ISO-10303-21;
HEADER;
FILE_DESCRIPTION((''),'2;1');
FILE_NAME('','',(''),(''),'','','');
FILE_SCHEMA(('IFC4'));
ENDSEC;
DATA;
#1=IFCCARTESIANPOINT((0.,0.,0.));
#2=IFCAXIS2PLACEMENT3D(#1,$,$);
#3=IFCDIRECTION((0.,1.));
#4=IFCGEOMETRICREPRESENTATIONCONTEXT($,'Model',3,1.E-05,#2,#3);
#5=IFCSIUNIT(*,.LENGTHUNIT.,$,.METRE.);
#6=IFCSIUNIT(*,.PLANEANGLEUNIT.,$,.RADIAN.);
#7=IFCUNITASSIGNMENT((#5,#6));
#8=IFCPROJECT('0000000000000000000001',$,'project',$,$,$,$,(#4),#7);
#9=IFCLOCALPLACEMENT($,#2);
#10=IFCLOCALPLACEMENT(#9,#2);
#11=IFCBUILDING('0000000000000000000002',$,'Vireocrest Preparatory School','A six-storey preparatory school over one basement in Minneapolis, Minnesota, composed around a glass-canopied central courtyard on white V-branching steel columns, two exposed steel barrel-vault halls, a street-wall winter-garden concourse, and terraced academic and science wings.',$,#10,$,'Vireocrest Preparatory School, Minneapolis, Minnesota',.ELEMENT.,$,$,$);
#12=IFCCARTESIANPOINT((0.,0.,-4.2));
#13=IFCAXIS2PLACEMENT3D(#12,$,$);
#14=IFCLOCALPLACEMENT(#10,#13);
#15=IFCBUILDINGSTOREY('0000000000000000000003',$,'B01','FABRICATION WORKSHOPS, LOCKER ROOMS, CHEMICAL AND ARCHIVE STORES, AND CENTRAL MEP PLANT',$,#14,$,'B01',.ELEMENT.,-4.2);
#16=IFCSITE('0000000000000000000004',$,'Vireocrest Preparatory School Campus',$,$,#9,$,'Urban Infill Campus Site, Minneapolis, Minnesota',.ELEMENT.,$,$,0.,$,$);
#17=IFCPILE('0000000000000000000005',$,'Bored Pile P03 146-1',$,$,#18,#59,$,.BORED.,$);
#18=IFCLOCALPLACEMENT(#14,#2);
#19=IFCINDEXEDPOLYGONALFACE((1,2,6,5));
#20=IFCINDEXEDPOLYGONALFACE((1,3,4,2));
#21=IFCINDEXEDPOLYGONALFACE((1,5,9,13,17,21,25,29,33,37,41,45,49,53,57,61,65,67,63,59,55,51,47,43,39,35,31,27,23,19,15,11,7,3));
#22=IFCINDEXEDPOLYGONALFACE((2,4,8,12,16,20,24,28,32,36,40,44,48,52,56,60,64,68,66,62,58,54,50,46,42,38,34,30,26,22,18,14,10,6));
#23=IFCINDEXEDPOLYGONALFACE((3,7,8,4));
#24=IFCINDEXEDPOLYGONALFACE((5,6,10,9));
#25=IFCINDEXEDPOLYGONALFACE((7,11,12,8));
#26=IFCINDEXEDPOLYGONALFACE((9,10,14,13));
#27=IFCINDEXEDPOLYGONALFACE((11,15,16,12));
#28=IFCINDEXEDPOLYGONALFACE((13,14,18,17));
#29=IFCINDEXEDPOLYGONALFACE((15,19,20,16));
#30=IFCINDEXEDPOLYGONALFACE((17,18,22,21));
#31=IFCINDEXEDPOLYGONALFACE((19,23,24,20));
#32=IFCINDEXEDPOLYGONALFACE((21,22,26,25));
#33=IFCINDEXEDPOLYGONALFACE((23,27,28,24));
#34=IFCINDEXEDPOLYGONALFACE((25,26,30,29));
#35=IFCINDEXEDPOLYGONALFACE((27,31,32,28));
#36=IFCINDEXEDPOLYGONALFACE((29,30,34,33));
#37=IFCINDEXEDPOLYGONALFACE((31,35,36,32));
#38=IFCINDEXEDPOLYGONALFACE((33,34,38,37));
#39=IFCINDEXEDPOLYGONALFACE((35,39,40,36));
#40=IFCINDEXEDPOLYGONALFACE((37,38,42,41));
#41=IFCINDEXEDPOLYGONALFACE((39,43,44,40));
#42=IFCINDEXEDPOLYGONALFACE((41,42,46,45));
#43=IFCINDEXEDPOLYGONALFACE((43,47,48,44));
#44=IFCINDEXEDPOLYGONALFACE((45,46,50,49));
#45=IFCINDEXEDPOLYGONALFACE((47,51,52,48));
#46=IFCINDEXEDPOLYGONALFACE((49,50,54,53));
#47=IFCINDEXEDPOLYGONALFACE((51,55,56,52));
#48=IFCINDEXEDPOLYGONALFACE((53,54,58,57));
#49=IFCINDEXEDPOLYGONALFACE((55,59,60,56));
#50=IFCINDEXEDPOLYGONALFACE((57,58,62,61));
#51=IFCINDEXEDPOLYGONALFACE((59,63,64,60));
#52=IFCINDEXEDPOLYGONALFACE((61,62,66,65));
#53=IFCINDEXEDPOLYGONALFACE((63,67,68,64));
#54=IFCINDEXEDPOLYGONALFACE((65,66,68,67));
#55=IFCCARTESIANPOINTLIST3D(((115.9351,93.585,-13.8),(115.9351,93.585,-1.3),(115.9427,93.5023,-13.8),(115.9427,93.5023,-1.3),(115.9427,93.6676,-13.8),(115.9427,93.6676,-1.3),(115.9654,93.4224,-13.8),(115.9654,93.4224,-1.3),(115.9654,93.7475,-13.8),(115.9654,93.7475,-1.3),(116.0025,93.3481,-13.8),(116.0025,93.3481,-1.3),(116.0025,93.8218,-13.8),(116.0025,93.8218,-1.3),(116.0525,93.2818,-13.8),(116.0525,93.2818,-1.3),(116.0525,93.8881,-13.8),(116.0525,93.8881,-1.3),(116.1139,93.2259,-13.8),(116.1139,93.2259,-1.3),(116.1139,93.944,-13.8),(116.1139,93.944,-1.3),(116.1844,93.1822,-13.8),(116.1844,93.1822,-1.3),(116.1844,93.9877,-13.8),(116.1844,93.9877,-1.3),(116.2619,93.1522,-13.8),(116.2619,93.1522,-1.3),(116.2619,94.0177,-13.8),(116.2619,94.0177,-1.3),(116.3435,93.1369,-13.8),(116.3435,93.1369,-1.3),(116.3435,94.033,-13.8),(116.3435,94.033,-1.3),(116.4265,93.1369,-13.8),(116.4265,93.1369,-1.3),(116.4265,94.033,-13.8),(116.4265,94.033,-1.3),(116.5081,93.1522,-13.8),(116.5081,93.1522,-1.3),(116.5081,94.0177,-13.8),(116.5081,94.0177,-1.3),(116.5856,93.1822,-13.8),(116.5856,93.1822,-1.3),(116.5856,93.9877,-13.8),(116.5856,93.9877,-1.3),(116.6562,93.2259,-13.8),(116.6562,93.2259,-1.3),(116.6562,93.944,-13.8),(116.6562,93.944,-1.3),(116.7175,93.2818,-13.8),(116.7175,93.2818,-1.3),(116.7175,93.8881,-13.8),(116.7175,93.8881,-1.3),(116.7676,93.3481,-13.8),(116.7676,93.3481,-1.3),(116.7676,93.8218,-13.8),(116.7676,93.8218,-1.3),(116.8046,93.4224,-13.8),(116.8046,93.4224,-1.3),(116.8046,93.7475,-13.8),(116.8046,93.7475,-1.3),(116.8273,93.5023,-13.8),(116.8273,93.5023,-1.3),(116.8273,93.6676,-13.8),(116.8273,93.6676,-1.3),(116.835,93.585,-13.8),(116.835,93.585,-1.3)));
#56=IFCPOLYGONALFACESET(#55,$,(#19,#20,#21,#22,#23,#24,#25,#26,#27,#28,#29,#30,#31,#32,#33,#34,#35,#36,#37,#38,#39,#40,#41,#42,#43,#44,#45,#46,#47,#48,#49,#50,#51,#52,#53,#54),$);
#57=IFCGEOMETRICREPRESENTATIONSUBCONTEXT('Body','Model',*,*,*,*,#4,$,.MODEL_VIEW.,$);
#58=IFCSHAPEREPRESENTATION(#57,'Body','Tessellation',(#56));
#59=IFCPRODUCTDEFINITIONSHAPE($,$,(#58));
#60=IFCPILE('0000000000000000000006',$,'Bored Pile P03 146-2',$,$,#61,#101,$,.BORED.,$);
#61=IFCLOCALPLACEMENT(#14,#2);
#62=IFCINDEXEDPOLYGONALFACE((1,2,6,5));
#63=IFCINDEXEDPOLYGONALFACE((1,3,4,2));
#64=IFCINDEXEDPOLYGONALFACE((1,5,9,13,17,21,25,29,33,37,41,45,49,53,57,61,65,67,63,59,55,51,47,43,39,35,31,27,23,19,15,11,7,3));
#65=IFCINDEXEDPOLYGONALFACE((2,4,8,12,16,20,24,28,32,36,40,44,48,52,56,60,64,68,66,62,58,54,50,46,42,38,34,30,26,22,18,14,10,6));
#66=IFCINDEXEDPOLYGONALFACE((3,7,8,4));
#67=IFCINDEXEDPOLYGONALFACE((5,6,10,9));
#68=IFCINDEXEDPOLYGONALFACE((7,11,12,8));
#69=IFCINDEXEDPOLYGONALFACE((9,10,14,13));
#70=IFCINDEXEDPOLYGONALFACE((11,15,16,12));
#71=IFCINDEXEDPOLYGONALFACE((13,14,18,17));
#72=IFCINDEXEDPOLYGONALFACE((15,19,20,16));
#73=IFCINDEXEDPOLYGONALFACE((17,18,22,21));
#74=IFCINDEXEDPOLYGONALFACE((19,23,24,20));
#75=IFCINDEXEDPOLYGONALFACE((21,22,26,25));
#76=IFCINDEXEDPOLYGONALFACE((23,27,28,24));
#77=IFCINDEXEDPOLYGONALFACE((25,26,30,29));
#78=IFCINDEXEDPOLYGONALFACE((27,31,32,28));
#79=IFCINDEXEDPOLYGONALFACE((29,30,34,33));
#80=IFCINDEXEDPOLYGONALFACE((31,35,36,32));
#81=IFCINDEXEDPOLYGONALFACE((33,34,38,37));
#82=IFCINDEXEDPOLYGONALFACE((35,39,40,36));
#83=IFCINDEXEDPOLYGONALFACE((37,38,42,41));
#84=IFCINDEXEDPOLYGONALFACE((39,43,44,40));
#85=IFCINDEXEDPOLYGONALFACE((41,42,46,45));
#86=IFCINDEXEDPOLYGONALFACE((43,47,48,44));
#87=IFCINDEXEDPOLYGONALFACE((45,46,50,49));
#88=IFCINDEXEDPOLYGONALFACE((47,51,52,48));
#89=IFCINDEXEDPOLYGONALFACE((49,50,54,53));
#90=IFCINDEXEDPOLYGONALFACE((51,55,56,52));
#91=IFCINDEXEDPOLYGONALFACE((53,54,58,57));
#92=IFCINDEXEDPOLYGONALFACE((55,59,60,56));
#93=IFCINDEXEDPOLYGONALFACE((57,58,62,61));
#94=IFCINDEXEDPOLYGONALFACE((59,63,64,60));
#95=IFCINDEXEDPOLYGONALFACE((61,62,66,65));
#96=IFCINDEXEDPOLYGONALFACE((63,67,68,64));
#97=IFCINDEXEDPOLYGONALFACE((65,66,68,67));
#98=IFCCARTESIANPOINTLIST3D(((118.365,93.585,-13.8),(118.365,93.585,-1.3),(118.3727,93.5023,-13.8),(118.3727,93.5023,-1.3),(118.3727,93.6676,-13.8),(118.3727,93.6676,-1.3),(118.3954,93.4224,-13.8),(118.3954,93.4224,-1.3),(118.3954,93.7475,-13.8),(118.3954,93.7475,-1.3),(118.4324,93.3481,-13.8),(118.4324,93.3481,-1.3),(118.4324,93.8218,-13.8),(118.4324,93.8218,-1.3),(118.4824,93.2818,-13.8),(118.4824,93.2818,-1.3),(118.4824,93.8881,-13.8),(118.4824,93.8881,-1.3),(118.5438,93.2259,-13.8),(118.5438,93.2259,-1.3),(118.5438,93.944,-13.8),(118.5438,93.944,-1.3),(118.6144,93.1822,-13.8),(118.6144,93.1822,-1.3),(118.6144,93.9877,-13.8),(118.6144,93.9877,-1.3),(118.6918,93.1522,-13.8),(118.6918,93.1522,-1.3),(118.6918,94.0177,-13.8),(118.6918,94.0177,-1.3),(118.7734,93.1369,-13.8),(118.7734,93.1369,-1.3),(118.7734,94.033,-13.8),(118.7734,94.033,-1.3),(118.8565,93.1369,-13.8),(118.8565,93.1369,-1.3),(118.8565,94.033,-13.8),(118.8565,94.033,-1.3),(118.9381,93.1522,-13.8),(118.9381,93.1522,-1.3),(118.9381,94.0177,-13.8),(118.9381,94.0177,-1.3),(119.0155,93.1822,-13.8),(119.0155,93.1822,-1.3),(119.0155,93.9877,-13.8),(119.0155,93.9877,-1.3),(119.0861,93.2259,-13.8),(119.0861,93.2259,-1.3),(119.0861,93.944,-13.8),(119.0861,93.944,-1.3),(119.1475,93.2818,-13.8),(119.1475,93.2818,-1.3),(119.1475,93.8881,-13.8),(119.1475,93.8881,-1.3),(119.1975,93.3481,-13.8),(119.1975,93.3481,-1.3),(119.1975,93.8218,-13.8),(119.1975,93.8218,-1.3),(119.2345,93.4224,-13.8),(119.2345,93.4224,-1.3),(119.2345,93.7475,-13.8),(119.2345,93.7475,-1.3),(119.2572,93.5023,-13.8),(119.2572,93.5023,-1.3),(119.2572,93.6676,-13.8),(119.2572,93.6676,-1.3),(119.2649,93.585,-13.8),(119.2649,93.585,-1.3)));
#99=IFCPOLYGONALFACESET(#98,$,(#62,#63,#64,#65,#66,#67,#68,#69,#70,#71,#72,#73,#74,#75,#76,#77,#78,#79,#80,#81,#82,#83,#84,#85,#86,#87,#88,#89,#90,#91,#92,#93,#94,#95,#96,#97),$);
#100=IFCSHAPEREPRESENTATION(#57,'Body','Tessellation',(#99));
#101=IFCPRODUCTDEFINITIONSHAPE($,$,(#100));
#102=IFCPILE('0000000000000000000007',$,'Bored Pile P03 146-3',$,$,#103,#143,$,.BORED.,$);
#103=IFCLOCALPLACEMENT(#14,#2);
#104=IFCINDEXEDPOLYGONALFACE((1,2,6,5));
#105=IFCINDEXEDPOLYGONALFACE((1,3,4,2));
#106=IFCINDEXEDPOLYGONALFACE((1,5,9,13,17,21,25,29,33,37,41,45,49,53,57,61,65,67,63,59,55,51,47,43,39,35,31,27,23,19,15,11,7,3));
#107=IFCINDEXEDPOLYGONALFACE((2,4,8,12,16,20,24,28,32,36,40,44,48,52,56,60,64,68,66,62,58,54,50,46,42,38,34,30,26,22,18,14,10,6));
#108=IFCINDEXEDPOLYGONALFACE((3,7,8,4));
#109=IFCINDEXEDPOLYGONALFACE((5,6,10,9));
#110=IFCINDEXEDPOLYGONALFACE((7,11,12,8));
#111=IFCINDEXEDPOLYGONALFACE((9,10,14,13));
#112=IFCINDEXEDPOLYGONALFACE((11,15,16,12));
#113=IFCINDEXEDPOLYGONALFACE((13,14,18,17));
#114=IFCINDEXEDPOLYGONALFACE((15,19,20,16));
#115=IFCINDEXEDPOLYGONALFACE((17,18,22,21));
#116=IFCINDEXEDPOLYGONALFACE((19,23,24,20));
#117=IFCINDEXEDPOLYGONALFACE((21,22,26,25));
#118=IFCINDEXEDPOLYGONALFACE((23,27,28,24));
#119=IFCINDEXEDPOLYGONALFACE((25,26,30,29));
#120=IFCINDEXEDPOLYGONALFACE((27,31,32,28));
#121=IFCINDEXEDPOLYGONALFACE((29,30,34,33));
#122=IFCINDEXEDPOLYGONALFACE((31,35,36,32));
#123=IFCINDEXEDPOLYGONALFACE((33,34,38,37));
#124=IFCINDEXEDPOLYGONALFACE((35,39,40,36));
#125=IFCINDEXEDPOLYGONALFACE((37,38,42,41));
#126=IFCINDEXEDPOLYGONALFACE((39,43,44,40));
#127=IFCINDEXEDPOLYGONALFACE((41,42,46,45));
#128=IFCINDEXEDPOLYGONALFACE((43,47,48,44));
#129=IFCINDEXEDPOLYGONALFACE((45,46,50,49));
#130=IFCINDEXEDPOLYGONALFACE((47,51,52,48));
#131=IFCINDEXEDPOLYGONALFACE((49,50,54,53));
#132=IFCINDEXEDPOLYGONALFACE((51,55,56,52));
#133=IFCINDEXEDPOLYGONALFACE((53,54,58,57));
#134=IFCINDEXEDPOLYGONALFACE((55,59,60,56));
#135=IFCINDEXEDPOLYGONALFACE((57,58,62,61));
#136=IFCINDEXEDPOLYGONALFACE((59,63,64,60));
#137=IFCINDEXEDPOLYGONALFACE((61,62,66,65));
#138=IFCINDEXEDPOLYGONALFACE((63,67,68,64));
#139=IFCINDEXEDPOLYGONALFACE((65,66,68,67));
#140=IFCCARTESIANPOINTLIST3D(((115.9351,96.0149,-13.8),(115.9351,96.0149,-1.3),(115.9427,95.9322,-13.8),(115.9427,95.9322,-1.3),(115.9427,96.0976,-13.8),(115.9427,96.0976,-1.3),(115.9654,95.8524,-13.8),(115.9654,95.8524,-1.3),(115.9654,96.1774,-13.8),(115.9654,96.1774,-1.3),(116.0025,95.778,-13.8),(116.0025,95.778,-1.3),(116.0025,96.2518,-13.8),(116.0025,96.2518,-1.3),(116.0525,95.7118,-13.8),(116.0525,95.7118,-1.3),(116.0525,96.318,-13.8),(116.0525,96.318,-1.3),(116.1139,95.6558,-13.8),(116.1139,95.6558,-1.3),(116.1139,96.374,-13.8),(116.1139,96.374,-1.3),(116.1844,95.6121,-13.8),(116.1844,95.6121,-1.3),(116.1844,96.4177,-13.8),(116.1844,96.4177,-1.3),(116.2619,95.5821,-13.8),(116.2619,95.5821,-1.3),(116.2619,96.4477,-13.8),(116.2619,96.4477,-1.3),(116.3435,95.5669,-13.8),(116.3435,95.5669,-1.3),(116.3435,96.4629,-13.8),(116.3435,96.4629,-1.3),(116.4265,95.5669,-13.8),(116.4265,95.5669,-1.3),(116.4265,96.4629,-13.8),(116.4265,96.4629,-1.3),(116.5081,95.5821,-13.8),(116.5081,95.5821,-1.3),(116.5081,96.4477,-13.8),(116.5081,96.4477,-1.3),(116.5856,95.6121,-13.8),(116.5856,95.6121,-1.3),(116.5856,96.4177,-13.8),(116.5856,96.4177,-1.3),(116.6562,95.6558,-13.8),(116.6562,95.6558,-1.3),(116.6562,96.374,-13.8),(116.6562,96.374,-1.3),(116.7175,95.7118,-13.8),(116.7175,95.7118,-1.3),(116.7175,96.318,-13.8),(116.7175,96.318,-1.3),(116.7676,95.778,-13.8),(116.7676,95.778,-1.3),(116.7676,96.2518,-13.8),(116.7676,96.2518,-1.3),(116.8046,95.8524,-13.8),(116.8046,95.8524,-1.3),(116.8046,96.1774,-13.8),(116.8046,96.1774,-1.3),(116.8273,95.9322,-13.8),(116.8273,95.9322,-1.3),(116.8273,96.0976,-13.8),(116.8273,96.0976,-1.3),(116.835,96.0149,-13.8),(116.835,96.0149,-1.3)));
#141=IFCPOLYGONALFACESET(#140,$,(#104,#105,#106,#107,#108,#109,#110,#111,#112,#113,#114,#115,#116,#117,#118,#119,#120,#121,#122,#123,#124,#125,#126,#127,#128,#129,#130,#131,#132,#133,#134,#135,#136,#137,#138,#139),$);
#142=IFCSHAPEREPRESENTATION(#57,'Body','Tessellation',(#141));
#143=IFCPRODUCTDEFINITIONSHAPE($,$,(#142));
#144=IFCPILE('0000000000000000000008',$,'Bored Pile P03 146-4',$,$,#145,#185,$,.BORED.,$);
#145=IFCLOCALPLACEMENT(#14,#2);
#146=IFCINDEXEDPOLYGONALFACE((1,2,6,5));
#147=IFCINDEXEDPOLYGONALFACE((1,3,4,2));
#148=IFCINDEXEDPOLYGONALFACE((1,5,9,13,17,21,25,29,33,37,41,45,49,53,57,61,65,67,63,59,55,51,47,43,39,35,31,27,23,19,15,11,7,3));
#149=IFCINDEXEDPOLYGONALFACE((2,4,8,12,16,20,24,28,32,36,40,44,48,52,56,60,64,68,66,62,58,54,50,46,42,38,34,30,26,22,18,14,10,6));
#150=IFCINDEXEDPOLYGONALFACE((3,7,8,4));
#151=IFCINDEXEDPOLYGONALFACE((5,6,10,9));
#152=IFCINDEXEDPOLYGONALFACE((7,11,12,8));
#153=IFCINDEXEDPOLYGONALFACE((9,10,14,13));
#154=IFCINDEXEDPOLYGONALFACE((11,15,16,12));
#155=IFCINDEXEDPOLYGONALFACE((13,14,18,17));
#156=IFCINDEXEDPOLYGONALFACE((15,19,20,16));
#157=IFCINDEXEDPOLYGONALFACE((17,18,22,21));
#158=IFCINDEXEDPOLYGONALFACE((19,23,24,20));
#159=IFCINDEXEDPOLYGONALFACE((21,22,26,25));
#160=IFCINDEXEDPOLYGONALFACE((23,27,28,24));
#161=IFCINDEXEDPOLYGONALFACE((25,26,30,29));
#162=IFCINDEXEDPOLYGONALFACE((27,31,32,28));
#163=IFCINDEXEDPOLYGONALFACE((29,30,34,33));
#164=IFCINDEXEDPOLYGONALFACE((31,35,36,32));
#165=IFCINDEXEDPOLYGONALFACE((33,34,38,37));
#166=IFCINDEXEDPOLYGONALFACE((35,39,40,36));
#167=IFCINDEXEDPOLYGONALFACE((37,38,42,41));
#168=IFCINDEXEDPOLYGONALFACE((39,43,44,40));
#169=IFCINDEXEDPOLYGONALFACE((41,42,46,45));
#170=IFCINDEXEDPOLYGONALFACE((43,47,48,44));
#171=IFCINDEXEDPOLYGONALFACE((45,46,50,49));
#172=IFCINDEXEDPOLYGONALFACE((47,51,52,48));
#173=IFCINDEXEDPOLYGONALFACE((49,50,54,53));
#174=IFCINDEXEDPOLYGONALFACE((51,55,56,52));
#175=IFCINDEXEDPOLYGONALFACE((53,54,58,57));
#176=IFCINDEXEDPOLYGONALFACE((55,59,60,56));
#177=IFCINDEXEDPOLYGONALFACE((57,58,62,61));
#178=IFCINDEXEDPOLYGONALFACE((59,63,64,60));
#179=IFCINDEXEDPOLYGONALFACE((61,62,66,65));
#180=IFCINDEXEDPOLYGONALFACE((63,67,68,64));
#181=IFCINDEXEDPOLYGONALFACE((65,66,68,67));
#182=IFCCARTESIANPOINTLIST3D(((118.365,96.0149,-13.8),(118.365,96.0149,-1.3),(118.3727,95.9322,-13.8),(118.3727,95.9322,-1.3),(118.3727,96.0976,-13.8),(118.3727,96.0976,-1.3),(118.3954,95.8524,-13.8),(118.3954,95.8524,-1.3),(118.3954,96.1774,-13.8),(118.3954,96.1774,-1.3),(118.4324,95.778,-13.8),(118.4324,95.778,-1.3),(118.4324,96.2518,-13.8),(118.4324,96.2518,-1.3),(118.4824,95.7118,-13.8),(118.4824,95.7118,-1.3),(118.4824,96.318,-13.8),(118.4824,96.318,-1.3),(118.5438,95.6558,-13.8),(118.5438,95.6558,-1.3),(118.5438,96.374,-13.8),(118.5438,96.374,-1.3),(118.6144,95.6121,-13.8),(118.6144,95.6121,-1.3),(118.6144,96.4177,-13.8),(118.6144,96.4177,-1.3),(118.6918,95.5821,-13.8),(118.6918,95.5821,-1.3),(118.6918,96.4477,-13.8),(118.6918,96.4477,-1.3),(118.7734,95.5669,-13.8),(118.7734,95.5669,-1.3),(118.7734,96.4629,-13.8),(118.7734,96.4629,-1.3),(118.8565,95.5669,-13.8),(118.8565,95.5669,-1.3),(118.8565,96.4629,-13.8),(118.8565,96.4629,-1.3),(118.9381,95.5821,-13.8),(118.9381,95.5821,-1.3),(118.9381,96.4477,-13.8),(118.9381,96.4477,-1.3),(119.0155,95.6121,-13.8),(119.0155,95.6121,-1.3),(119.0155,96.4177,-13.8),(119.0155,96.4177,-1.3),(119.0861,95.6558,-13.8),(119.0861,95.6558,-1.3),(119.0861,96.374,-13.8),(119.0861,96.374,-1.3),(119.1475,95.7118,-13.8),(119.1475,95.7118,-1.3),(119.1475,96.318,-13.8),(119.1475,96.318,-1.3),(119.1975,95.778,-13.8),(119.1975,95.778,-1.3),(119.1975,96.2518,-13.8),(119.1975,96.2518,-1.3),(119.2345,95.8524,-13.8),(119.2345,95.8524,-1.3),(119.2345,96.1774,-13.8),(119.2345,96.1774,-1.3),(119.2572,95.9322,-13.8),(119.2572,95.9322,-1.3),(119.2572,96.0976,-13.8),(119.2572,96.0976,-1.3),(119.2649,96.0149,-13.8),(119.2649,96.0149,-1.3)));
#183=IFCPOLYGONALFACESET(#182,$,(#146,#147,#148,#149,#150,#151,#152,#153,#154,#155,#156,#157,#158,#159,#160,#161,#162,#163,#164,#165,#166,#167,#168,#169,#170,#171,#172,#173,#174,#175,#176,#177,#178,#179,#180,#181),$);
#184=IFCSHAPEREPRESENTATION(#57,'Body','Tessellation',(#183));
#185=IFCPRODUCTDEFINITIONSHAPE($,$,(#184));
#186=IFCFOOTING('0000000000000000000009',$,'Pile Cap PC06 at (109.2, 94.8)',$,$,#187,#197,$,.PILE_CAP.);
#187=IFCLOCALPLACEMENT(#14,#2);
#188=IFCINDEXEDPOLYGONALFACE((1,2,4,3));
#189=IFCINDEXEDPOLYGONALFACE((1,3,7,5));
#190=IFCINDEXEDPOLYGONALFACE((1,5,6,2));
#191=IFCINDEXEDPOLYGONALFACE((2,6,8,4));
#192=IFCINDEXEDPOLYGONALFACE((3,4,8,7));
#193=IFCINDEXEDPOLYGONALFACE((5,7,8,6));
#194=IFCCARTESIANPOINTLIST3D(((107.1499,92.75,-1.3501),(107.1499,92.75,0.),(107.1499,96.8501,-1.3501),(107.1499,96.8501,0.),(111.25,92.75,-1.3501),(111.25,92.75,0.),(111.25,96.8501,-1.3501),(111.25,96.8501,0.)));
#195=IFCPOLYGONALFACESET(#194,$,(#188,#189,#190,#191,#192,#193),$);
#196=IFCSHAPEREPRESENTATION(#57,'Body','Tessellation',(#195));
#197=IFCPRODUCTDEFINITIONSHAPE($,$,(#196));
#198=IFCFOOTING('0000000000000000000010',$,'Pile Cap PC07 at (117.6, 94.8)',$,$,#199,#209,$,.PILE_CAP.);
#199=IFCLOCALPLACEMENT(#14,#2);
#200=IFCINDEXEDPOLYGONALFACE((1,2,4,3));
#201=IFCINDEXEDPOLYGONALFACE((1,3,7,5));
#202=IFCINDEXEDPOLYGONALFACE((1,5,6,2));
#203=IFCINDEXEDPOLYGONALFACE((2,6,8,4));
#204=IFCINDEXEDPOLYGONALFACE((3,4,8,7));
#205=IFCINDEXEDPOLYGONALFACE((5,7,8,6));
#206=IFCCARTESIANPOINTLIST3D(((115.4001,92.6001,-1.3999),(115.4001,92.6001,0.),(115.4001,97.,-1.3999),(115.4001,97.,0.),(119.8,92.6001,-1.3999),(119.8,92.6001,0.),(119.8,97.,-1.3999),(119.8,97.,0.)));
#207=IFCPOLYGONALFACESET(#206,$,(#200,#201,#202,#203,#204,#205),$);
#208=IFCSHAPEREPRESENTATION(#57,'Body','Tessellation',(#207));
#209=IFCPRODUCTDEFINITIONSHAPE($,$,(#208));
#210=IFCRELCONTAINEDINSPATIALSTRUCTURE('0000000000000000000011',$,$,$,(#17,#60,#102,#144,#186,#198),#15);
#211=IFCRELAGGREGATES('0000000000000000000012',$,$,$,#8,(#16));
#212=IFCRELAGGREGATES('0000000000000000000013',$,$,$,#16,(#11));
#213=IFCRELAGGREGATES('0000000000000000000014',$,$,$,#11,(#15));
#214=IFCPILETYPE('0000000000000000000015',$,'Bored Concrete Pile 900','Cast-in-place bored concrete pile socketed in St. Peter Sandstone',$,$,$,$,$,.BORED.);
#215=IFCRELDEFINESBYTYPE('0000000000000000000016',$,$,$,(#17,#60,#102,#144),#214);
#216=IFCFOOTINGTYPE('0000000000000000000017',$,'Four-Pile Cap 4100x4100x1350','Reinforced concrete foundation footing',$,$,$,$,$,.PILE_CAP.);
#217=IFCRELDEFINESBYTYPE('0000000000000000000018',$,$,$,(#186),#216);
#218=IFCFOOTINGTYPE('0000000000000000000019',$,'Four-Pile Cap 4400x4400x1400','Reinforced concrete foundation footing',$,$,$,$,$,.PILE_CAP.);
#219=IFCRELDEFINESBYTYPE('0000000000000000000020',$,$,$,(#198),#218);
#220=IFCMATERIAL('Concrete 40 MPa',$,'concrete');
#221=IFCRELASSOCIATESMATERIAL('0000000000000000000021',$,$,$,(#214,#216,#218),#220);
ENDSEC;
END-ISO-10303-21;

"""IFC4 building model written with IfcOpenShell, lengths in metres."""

from ifc_helpers import new_model, si_unit, direction, frame, origin, origin_2d, place, context, subcontext, project, spatial, rectangle, circle, extrude, material, material_profile, profile_set, type_object, element, save


model = new_model("IFC4")

# Units and contexts
model_context = context("Model", 3, precision=1e-05, world=origin(), true_north=direction((0.0, 1.0)))
body_context = subcontext(model_context, "Body", "Model", "MODEL_VIEW")
ifc_project = project(units=[si_unit("LENGTHUNIT", "METRE"), si_unit("PLANEANGLEUNIT", "RADIAN")], contexts=[model_context])

# Site, building, storey
site_placement = place(None, origin())
site = spatial("IfcSite", under=ifc_project, at=site_placement, Name="Vireocrest Preparatory School Campus", LongName="Urban Infill Campus Site, Minneapolis, Minnesota", CompositionType="ELEMENT", RefElevation=0.0)
building_placement = place(site_placement, origin())
building = spatial("IfcBuilding", under=site, at=building_placement, Name="Vireocrest Preparatory School", Description="A six-storey preparatory school over one basement in Minneapolis, Minnesota, composed around a glass-canopied central courtyard on white V-branching steel columns, two exposed steel barrel-vault halls, a street-wall winter-garden concourse, and terraced academic and science wings.", LongName="Vireocrest Preparatory School, Minneapolis, Minnesota", CompositionType="ELEMENT")
storey_placement = place(building_placement, frame((0.0, 0.0, -4.2)))
storey = spatial("IfcBuildingStorey", under=building, at=storey_placement, Name="B01", Description="FABRICATION WORKSHOPS, LOCKER ROOMS, CHEMICAL AND ARCHIVE STORES, AND CENTRAL MEP PLANT", LongName="B01", CompositionType="ELEMENT", Elevation=-4.2)

# Piles
ifc_material_1 = material(Name="Concrete 40 MPa", Category="concrete")
ifc_material_profile_1 = material_profile(ifc_material_1, circle(Radius=0.45, at=origin_2d()), Name="BORED PILE 900")
ifc_profile_set_1 = profile_set([ifc_material_profile_1], Name="Concrete 40 MPa")
pile_type_1 = type_object("IfcPileType", Name="Bored Concrete Pile 900", Description="Cast-in-place bored concrete pile socketed in St. Peter Sandstone", PredefinedType="BORED", material=ifc_profile_set_1)
for number, where, z_axis, x_axis, name in (
    (1, (116.385, 93.585, -1.3), (0.0, 0.0, -1.0), (1.0, 0.0, 0.0), "Bored Pile P03 146-1"),
    (2, (118.8149, 93.585, -1.3), (0.0, 0.0, -1.0), (1.0, 0.0, 0.0), "Bored Pile P03 146-2"),
    (3, (116.385, 96.0149, -1.3), (0.0, 0.0, -1.0), (1.0, 0.0, 0.0), "Bored Pile P03 146-3"),
    (4, (118.8149, 96.0149, -1.3), (0.0, 0.0, -1.0), (1.0, 0.0, 0.0), "Bored Pile P03 146-4"),
):
    element("IfcPile", number, at=place(storey_placement, frame(where, z_axis=z_axis, x_axis=x_axis)), inside=storey, type_object=pile_type_1, Name=name, PredefinedType="BORED", context=body_context, shape_type="SweptSolid", body=[
        extrude(circle(Radius=0.45, at=origin_2d()), origin(), (0.0, 0.0, 1.0), 12.5),
    ])

# Footings
footing_type_1 = type_object("IfcFootingType", Name="Four-Pile Cap 4100x4100x1350", Description="Reinforced concrete foundation footing", PredefinedType="PILE_CAP", material=ifc_material_1)
footing_1_placement = place(storey_placement, frame((109.2, 94.8, -1.3501), z_axis=(0.0, 0.0, 1.0), x_axis=(1.0, 0.0, 0.0)))
element("IfcFooting", 5, at=footing_1_placement, inside=storey, type_object=footing_type_1, Name="Pile Cap PC06 at (109.2, 94.8)", PredefinedType="PILE_CAP", context=body_context, shape_type="SweptSolid", body=[
    extrude(rectangle(XDim=4.1001, YDim=4.1001, at=origin_2d()), origin(), (0.0, 0.0, 1.0), 1.3501),
])
footing_type_2 = type_object("IfcFootingType", Name="Four-Pile Cap 4400x4400x1400", Description="Reinforced concrete foundation footing", PredefinedType="PILE_CAP", material=ifc_material_1)
footing_2_placement = place(storey_placement, frame((117.6001, 94.8, -1.3999), z_axis=(0.0, 0.0, 1.0), x_axis=(1.0, 0.0, 0.0)))
element("IfcFooting", 6, at=footing_2_placement, inside=storey, type_object=footing_type_2, Name="Pile Cap PC07 at (117.6, 94.8)", PredefinedType="PILE_CAP", context=body_context, shape_type="SweptSolid", body=[
    extrude(rectangle(XDim=4.3999, YDim=4.3999, at=origin_2d()), origin(), (0.0, 0.0, 1.0), 1.3999),
])

save(model, "model.ifc")
